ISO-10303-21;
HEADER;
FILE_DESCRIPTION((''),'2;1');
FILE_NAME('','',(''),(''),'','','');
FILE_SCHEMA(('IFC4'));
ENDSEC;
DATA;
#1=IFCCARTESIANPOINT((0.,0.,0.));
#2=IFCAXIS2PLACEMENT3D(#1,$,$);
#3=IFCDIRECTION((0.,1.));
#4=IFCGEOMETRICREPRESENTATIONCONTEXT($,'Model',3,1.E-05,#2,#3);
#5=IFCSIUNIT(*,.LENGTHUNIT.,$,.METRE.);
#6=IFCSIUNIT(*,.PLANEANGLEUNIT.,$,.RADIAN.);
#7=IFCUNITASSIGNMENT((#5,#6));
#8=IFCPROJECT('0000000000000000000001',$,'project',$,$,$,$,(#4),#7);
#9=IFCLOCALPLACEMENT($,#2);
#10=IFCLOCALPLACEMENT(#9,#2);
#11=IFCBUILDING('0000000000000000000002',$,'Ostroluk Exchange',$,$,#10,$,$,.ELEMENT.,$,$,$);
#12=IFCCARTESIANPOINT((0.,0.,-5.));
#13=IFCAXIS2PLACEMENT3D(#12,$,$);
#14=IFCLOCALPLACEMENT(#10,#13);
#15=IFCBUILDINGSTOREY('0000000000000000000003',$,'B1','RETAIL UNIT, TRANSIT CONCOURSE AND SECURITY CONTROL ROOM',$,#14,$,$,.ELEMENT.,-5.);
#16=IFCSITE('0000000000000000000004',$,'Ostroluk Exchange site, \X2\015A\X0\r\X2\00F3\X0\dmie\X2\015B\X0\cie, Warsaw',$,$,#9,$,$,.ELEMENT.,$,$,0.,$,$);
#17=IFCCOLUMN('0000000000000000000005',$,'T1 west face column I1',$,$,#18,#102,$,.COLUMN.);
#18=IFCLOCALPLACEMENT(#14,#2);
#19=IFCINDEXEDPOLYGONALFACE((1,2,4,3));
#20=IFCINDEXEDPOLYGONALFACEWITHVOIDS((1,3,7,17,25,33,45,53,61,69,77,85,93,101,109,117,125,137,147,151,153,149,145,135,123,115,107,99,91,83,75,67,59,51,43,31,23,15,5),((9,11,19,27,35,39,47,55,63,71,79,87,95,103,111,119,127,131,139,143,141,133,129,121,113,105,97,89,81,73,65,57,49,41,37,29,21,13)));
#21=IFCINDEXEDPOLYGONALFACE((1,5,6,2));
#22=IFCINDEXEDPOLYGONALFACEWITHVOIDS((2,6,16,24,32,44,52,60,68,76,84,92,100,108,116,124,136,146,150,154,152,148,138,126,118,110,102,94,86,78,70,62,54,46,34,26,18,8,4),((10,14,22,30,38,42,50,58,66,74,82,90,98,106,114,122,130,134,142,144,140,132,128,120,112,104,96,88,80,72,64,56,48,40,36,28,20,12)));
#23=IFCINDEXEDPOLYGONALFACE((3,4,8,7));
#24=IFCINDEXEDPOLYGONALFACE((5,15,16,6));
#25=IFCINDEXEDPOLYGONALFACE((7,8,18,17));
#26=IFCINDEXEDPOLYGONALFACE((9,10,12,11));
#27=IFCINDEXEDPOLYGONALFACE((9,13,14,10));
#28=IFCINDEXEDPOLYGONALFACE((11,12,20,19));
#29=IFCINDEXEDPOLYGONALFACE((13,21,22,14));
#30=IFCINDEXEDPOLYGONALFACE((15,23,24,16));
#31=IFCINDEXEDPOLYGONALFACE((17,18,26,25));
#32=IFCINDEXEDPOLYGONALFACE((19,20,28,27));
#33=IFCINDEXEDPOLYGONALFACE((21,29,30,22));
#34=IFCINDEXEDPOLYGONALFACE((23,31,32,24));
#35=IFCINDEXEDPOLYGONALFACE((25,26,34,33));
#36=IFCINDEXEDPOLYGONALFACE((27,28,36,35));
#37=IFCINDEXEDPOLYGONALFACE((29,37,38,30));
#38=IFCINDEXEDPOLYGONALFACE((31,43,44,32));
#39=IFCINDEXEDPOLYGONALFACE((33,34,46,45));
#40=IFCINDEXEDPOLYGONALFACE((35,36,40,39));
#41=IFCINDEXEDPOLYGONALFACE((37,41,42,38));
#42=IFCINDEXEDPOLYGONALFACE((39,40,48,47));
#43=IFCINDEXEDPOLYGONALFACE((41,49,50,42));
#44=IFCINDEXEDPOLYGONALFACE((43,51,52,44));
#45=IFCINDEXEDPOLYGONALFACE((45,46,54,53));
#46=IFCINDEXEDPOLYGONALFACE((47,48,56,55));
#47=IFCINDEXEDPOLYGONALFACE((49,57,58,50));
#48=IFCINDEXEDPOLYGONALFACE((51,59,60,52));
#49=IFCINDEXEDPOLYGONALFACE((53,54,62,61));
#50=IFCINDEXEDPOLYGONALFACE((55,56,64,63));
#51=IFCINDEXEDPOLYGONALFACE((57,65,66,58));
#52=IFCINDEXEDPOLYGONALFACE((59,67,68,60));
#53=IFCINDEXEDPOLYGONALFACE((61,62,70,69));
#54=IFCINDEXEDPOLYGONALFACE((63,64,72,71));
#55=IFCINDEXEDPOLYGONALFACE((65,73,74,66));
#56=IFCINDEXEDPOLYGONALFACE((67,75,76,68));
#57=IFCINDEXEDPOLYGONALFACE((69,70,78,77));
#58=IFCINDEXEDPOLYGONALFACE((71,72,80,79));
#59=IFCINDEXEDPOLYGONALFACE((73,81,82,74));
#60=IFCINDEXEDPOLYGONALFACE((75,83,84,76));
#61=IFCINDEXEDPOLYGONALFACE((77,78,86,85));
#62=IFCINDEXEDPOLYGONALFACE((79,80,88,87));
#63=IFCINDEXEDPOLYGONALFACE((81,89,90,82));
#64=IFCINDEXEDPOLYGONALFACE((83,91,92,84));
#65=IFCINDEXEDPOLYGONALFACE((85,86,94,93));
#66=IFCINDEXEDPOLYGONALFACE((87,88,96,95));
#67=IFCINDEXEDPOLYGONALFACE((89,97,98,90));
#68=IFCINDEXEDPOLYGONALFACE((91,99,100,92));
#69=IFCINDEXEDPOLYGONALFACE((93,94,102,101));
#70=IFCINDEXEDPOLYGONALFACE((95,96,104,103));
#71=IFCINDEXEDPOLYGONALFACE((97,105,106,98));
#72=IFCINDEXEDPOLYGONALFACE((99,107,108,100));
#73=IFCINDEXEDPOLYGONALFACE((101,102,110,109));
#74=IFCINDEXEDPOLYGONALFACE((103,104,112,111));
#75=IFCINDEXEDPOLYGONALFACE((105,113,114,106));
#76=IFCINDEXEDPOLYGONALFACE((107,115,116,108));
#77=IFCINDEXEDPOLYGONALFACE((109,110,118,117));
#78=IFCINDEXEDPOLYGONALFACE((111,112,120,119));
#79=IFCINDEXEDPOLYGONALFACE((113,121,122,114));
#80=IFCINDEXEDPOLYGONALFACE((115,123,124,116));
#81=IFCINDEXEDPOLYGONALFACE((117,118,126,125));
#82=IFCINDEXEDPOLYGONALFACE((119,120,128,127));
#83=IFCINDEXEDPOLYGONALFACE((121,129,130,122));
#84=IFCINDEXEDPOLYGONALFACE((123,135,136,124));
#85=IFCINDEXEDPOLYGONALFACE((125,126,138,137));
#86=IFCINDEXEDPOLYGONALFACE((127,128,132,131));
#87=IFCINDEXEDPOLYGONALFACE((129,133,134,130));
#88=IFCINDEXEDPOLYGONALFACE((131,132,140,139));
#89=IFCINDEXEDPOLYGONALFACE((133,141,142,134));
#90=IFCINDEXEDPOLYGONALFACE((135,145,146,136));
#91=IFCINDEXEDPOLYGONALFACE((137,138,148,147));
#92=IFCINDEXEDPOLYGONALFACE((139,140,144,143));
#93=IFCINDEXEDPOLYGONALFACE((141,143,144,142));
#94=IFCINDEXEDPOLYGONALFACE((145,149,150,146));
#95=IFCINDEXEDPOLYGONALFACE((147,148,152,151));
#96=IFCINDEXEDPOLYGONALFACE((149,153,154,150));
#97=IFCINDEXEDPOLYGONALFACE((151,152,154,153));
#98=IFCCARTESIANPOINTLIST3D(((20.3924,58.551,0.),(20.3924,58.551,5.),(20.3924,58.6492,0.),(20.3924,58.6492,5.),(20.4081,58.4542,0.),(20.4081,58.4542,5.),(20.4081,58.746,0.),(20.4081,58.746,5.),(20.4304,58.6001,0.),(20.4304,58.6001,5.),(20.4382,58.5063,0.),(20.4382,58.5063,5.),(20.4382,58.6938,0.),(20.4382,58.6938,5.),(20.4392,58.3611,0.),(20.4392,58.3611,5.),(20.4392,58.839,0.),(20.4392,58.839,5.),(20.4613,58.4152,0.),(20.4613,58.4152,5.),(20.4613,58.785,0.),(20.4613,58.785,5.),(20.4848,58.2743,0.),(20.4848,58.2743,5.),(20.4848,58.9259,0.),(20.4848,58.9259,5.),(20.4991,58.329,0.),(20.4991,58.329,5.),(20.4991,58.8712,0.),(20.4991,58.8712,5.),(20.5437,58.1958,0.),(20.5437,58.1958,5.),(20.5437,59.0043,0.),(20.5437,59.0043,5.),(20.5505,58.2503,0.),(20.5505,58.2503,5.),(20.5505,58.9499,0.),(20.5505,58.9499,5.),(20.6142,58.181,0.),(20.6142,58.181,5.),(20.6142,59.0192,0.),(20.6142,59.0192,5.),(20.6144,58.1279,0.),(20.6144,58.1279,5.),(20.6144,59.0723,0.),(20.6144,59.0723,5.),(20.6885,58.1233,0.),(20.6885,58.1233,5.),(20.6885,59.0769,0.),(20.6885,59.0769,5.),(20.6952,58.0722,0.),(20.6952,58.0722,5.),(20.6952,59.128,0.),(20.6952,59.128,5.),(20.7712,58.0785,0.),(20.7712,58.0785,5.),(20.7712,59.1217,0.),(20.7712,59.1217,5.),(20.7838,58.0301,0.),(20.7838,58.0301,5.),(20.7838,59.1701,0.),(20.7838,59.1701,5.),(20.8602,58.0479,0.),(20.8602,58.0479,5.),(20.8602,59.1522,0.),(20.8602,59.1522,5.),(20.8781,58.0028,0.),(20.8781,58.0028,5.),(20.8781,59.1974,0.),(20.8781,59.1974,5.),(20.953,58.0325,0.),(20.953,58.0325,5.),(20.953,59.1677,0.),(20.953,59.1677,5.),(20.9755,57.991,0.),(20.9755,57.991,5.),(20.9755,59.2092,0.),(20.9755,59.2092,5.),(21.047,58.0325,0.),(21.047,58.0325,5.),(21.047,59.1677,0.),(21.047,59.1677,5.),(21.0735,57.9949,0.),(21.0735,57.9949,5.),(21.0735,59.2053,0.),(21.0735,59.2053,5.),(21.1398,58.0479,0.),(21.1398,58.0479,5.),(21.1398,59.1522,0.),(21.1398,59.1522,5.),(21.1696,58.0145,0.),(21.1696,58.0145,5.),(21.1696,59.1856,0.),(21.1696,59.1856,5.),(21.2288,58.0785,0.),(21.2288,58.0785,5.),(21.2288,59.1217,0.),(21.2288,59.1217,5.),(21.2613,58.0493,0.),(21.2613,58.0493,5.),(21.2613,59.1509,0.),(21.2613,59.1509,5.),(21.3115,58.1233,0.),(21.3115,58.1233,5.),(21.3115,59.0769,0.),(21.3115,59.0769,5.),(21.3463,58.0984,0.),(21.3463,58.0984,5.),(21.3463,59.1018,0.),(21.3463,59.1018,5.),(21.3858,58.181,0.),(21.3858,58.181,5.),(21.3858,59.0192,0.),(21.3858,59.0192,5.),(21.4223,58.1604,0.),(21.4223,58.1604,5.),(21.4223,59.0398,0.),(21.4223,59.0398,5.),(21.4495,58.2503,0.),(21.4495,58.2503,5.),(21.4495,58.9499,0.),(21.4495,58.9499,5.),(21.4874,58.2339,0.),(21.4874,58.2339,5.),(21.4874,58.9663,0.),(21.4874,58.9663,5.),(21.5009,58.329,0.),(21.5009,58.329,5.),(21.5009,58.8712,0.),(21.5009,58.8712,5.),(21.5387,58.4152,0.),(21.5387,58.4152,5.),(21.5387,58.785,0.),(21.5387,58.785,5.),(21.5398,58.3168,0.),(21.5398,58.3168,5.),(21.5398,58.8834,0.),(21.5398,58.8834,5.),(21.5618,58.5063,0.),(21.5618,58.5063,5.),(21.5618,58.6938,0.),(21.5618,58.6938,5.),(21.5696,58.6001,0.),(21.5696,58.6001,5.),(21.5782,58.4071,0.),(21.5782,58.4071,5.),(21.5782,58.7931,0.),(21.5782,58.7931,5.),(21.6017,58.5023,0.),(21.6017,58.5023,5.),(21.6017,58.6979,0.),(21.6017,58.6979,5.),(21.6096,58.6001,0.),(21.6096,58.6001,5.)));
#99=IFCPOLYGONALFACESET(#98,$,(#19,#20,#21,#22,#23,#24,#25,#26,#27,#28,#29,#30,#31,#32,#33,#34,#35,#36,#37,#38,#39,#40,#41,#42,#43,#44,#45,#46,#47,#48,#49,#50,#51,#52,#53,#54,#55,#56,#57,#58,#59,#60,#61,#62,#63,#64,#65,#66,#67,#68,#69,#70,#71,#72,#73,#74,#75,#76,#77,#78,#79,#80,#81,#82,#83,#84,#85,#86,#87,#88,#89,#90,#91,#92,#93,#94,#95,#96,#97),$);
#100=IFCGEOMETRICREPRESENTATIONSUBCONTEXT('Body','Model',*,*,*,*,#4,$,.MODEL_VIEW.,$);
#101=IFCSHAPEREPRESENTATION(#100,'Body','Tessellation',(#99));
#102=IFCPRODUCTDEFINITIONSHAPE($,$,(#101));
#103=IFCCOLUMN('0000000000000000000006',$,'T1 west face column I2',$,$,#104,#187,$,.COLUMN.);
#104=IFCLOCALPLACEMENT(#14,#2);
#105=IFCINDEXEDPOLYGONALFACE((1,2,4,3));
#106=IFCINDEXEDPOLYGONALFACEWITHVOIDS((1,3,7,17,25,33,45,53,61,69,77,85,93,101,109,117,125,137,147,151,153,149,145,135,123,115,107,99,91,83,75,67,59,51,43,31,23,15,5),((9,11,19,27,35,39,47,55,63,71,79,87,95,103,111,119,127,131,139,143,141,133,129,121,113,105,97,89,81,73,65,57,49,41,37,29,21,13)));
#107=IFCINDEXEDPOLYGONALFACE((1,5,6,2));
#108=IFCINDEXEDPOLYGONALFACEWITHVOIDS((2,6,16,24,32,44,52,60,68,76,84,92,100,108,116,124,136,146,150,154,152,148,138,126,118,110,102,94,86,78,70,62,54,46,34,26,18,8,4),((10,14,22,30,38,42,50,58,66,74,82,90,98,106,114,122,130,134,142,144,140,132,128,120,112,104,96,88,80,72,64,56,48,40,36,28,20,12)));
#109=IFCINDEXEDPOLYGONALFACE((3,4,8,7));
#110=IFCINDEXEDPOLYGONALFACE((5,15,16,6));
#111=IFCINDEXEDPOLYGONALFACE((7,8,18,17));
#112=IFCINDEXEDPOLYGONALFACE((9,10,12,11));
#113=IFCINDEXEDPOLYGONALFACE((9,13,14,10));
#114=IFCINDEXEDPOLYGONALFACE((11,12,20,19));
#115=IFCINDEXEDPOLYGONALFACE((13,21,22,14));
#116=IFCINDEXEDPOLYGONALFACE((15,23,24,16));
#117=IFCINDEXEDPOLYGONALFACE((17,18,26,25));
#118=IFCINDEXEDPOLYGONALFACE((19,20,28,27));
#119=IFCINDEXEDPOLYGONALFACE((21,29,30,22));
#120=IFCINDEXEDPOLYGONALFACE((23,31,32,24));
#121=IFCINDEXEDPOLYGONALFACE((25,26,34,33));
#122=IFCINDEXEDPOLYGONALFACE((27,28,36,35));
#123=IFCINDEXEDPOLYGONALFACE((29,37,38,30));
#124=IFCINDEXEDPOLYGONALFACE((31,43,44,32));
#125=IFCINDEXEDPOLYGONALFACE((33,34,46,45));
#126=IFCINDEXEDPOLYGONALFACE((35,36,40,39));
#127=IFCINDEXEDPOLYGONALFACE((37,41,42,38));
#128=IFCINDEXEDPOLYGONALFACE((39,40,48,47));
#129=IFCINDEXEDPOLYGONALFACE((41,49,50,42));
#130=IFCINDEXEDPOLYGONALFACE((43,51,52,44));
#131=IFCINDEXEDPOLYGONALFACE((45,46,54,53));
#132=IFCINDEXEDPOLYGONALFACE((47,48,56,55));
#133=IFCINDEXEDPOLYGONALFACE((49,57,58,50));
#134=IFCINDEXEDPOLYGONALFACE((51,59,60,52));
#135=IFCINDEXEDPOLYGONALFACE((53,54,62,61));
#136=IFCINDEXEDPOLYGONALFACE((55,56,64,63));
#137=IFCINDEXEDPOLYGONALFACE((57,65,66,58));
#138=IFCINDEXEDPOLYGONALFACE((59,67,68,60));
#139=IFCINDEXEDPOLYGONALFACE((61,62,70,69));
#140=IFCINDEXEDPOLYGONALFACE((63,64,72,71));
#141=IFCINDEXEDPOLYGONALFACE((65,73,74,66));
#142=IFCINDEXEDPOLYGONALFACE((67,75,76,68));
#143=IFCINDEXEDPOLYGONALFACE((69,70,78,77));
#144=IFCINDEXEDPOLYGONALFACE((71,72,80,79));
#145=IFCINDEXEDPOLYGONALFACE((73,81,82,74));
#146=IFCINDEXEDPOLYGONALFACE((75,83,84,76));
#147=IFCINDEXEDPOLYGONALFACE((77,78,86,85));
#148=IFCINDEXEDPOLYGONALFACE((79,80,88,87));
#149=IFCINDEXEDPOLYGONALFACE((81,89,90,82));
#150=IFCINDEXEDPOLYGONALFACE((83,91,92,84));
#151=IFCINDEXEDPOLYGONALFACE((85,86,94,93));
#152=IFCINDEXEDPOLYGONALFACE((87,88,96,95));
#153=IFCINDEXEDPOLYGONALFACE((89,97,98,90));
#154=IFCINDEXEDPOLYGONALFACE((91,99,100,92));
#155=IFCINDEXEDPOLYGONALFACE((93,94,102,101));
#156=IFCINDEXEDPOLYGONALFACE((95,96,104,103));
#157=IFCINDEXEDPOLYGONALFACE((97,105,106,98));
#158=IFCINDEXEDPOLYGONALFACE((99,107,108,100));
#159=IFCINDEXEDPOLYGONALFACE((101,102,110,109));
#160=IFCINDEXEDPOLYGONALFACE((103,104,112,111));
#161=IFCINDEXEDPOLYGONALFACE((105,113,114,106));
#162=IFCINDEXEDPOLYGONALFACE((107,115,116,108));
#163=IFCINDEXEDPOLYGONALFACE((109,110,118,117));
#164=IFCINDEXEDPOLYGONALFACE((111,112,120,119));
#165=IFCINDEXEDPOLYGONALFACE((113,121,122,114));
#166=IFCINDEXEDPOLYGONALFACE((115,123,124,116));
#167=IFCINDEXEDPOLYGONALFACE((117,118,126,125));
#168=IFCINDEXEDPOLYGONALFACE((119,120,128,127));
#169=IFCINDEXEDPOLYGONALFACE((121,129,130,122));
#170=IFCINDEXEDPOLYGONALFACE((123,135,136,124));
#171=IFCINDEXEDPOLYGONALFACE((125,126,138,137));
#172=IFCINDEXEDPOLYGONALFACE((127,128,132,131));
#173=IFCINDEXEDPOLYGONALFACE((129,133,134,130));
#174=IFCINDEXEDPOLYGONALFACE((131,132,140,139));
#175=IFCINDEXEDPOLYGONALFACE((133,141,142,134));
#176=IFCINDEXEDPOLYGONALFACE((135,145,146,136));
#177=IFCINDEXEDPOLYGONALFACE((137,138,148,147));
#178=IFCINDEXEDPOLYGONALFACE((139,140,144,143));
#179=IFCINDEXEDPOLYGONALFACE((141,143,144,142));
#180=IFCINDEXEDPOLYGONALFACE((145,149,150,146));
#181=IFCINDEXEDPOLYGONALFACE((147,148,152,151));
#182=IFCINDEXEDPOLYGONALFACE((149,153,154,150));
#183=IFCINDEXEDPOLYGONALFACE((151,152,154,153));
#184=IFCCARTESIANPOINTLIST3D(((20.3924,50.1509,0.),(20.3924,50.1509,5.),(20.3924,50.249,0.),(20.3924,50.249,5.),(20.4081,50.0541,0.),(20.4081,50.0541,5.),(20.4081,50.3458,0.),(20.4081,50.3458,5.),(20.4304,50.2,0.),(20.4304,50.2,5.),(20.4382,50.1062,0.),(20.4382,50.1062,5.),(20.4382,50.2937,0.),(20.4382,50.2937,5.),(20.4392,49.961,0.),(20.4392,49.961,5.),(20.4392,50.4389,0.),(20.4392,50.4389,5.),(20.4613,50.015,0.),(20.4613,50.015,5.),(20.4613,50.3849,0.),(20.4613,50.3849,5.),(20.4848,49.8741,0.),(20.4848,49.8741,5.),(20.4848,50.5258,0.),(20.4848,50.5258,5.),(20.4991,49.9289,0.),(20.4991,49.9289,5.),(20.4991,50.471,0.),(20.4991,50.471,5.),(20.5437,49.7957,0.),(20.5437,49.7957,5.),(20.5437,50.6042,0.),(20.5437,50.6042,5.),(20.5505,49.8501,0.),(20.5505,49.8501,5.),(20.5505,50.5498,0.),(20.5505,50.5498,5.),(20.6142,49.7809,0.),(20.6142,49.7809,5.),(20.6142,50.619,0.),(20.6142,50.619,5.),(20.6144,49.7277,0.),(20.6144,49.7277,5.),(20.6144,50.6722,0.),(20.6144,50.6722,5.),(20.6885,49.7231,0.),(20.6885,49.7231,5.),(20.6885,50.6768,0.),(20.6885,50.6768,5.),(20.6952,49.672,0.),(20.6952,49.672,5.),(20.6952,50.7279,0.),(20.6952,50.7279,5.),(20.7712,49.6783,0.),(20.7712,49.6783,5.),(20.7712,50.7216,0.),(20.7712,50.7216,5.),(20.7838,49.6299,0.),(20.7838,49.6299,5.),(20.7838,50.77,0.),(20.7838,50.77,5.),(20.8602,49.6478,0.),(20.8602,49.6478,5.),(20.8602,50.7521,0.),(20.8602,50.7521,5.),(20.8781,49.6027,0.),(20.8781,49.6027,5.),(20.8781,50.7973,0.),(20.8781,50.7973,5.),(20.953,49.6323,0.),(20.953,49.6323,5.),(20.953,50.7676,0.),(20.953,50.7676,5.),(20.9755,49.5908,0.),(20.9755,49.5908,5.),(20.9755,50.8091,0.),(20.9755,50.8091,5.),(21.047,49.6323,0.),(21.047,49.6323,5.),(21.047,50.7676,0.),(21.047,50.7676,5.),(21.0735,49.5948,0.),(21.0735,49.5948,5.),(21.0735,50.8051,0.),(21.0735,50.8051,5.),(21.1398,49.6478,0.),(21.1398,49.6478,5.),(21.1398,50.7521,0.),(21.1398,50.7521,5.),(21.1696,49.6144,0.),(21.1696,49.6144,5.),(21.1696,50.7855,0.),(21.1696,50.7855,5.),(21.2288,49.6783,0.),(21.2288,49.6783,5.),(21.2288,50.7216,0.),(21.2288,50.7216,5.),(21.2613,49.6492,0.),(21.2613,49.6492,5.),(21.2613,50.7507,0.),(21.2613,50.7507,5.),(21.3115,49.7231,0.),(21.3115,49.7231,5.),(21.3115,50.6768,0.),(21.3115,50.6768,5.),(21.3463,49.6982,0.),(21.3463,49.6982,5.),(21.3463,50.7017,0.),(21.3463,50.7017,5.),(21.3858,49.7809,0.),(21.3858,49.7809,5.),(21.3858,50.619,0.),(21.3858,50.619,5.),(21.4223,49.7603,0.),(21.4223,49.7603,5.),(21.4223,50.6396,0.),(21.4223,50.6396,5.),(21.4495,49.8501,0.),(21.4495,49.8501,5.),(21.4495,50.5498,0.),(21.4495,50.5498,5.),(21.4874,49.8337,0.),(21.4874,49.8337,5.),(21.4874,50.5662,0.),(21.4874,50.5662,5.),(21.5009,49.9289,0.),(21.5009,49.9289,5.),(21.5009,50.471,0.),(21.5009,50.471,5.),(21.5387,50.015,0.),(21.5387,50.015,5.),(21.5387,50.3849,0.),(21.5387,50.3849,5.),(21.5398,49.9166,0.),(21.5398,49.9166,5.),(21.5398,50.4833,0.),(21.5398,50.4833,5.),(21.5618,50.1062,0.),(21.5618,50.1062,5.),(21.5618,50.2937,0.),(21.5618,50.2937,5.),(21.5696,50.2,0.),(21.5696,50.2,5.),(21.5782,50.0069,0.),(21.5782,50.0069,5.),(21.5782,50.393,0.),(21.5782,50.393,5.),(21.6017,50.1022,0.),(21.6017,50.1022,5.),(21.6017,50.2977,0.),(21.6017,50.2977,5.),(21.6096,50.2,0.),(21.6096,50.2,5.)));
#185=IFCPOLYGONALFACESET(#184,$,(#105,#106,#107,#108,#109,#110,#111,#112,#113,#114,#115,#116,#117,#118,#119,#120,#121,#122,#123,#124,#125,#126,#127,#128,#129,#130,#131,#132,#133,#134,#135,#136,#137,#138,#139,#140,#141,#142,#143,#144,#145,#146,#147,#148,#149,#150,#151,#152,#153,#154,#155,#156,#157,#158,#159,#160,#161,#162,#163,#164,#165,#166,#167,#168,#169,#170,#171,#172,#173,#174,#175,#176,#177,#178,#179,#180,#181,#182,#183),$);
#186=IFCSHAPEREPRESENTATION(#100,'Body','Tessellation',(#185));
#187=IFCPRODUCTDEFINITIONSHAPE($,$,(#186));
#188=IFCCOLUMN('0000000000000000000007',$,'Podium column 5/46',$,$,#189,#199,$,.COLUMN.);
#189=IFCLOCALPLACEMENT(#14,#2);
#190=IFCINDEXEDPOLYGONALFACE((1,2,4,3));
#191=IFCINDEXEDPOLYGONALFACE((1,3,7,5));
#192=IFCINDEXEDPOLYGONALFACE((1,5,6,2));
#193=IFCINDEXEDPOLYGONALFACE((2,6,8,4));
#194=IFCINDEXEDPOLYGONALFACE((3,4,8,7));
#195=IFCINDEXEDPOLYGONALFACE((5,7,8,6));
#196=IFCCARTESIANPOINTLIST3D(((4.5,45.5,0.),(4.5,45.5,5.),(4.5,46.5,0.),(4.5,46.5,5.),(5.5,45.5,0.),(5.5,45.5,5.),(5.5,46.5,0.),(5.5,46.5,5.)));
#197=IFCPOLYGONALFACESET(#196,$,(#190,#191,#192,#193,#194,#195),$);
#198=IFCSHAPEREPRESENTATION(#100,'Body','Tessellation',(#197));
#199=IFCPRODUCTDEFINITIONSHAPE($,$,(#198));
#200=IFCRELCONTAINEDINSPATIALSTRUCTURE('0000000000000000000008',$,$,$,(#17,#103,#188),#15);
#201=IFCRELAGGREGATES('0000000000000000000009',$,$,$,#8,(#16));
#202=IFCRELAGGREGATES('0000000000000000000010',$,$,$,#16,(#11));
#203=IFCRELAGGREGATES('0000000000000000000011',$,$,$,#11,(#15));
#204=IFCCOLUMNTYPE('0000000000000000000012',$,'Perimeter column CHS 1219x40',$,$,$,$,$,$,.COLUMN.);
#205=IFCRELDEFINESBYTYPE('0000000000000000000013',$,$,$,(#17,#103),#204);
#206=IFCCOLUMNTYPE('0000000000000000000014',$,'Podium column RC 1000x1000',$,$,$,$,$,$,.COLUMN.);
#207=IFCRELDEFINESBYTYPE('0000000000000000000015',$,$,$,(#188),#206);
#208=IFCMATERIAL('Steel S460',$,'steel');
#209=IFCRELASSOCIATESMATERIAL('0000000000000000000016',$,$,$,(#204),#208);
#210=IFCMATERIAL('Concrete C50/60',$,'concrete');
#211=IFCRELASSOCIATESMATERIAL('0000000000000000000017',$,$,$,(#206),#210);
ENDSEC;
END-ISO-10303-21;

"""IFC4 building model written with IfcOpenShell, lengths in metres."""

from ifc_helpers import new_model, si_unit, direction, frame, origin, origin_2d, place, context, subcontext, project, spatial, rectangle, hollow_circle, extrude, material, material_profile, profile_set, type_object, element, save


model = new_model("IFC4")

# Units and contexts
model_context = context("Model", 3, precision=1e-05, world=origin(), true_north=direction((0.0, 1.0)))
body_context = subcontext(model_context, "Body", "Model", "MODEL_VIEW")
ifc_project = project(units=[si_unit("LENGTHUNIT", "METRE"), si_unit("PLANEANGLEUNIT", "RADIAN")], contexts=[model_context])

# Site, building, storey
site_placement = place(None, origin())
site = spatial("IfcSite", under=ifc_project, at=site_placement, Name="Ostroluk Exchange site, Śródmieście, Warsaw", CompositionType="ELEMENT", RefElevation=0.0)
building_placement = place(site_placement, origin())
building = spatial("IfcBuilding", under=site, at=building_placement, Name="Ostroluk Exchange", CompositionType="ELEMENT")
storey_placement = place(building_placement, frame((0.0, 0.0, -5.0)))
storey = spatial("IfcBuildingStorey", under=building, at=storey_placement, Name="B1", Description="RETAIL UNIT, TRANSIT CONCOURSE AND SECURITY CONTROL ROOM", CompositionType="ELEMENT", Elevation=-5.0)

# Columns
ifc_material_1 = material(Name="Steel S460", Category="steel")
ifc_material_profile_1 = material_profile(ifc_material_1, hollow_circle(Radius=0.6096, WallThickness=0.04, at=origin_2d()), Name="CHS 1219x40")
ifc_profile_set_1 = profile_set([ifc_material_profile_1], Name="Steel S460")
column_type_1 = type_object("IfcColumnType", Name="Perimeter column CHS 1219x40", PredefinedType="COLUMN", material=ifc_profile_set_1)
for number, where, z_axis, x_axis, name in (
    (1, (21.0, 58.6001, 0.0), (0.0, 0.0, 1.0), (1.0, 0.0, 0.0), "T1 west face column I1"),
    (2, (21.0, 50.2, 0.0), (0.0, 0.0, 1.0), (1.0, 0.0, 0.0), "T1 west face column I2"),
):
    element("IfcColumn", number, at=place(storey_placement, frame(where, z_axis=z_axis, x_axis=x_axis)), inside=storey, type_object=column_type_1, Name=name, PredefinedType="COLUMN", context=body_context, shape_type="SweptSolid", body=[
        extrude(hollow_circle(Radius=0.6096, WallThickness=0.04, at=origin_2d()), origin(), (0.0, 0.0, 1.0), 5.0),
    ])
ifc_material_2 = material(Name="Concrete C50/60", Category="concrete")
ifc_material_profile_2 = material_profile(ifc_material_2, rectangle(XDim=1.0, YDim=1.0, at=origin_2d()), Name="RC 1000x1000")
ifc_profile_set_2 = profile_set([ifc_material_profile_2], Name="Concrete C50/60")
column_type_2 = type_object("IfcColumnType", Name="Podium column RC 1000x1000", PredefinedType="COLUMN", material=ifc_profile_set_2)
for number, where, z_axis, x_axis, name in (
    (3, (5.0, 46.0, 0.0), (0.0, 0.0, 1.0), (1.0, 0.0, 0.0), "Podium column 5/46"),
):
    element("IfcColumn", number, at=place(storey_placement, frame(where, z_axis=z_axis, x_axis=x_axis)), inside=storey, type_object=column_type_2, Name=name, PredefinedType="COLUMN", context=body_context, shape_type="SweptSolid", body=[
        extrude(rectangle(XDim=1.0, YDim=1.0, at=origin_2d()), origin(), (0.0, 0.0, 1.0), 5.0),
    ])

save(model, "model.ifc")
